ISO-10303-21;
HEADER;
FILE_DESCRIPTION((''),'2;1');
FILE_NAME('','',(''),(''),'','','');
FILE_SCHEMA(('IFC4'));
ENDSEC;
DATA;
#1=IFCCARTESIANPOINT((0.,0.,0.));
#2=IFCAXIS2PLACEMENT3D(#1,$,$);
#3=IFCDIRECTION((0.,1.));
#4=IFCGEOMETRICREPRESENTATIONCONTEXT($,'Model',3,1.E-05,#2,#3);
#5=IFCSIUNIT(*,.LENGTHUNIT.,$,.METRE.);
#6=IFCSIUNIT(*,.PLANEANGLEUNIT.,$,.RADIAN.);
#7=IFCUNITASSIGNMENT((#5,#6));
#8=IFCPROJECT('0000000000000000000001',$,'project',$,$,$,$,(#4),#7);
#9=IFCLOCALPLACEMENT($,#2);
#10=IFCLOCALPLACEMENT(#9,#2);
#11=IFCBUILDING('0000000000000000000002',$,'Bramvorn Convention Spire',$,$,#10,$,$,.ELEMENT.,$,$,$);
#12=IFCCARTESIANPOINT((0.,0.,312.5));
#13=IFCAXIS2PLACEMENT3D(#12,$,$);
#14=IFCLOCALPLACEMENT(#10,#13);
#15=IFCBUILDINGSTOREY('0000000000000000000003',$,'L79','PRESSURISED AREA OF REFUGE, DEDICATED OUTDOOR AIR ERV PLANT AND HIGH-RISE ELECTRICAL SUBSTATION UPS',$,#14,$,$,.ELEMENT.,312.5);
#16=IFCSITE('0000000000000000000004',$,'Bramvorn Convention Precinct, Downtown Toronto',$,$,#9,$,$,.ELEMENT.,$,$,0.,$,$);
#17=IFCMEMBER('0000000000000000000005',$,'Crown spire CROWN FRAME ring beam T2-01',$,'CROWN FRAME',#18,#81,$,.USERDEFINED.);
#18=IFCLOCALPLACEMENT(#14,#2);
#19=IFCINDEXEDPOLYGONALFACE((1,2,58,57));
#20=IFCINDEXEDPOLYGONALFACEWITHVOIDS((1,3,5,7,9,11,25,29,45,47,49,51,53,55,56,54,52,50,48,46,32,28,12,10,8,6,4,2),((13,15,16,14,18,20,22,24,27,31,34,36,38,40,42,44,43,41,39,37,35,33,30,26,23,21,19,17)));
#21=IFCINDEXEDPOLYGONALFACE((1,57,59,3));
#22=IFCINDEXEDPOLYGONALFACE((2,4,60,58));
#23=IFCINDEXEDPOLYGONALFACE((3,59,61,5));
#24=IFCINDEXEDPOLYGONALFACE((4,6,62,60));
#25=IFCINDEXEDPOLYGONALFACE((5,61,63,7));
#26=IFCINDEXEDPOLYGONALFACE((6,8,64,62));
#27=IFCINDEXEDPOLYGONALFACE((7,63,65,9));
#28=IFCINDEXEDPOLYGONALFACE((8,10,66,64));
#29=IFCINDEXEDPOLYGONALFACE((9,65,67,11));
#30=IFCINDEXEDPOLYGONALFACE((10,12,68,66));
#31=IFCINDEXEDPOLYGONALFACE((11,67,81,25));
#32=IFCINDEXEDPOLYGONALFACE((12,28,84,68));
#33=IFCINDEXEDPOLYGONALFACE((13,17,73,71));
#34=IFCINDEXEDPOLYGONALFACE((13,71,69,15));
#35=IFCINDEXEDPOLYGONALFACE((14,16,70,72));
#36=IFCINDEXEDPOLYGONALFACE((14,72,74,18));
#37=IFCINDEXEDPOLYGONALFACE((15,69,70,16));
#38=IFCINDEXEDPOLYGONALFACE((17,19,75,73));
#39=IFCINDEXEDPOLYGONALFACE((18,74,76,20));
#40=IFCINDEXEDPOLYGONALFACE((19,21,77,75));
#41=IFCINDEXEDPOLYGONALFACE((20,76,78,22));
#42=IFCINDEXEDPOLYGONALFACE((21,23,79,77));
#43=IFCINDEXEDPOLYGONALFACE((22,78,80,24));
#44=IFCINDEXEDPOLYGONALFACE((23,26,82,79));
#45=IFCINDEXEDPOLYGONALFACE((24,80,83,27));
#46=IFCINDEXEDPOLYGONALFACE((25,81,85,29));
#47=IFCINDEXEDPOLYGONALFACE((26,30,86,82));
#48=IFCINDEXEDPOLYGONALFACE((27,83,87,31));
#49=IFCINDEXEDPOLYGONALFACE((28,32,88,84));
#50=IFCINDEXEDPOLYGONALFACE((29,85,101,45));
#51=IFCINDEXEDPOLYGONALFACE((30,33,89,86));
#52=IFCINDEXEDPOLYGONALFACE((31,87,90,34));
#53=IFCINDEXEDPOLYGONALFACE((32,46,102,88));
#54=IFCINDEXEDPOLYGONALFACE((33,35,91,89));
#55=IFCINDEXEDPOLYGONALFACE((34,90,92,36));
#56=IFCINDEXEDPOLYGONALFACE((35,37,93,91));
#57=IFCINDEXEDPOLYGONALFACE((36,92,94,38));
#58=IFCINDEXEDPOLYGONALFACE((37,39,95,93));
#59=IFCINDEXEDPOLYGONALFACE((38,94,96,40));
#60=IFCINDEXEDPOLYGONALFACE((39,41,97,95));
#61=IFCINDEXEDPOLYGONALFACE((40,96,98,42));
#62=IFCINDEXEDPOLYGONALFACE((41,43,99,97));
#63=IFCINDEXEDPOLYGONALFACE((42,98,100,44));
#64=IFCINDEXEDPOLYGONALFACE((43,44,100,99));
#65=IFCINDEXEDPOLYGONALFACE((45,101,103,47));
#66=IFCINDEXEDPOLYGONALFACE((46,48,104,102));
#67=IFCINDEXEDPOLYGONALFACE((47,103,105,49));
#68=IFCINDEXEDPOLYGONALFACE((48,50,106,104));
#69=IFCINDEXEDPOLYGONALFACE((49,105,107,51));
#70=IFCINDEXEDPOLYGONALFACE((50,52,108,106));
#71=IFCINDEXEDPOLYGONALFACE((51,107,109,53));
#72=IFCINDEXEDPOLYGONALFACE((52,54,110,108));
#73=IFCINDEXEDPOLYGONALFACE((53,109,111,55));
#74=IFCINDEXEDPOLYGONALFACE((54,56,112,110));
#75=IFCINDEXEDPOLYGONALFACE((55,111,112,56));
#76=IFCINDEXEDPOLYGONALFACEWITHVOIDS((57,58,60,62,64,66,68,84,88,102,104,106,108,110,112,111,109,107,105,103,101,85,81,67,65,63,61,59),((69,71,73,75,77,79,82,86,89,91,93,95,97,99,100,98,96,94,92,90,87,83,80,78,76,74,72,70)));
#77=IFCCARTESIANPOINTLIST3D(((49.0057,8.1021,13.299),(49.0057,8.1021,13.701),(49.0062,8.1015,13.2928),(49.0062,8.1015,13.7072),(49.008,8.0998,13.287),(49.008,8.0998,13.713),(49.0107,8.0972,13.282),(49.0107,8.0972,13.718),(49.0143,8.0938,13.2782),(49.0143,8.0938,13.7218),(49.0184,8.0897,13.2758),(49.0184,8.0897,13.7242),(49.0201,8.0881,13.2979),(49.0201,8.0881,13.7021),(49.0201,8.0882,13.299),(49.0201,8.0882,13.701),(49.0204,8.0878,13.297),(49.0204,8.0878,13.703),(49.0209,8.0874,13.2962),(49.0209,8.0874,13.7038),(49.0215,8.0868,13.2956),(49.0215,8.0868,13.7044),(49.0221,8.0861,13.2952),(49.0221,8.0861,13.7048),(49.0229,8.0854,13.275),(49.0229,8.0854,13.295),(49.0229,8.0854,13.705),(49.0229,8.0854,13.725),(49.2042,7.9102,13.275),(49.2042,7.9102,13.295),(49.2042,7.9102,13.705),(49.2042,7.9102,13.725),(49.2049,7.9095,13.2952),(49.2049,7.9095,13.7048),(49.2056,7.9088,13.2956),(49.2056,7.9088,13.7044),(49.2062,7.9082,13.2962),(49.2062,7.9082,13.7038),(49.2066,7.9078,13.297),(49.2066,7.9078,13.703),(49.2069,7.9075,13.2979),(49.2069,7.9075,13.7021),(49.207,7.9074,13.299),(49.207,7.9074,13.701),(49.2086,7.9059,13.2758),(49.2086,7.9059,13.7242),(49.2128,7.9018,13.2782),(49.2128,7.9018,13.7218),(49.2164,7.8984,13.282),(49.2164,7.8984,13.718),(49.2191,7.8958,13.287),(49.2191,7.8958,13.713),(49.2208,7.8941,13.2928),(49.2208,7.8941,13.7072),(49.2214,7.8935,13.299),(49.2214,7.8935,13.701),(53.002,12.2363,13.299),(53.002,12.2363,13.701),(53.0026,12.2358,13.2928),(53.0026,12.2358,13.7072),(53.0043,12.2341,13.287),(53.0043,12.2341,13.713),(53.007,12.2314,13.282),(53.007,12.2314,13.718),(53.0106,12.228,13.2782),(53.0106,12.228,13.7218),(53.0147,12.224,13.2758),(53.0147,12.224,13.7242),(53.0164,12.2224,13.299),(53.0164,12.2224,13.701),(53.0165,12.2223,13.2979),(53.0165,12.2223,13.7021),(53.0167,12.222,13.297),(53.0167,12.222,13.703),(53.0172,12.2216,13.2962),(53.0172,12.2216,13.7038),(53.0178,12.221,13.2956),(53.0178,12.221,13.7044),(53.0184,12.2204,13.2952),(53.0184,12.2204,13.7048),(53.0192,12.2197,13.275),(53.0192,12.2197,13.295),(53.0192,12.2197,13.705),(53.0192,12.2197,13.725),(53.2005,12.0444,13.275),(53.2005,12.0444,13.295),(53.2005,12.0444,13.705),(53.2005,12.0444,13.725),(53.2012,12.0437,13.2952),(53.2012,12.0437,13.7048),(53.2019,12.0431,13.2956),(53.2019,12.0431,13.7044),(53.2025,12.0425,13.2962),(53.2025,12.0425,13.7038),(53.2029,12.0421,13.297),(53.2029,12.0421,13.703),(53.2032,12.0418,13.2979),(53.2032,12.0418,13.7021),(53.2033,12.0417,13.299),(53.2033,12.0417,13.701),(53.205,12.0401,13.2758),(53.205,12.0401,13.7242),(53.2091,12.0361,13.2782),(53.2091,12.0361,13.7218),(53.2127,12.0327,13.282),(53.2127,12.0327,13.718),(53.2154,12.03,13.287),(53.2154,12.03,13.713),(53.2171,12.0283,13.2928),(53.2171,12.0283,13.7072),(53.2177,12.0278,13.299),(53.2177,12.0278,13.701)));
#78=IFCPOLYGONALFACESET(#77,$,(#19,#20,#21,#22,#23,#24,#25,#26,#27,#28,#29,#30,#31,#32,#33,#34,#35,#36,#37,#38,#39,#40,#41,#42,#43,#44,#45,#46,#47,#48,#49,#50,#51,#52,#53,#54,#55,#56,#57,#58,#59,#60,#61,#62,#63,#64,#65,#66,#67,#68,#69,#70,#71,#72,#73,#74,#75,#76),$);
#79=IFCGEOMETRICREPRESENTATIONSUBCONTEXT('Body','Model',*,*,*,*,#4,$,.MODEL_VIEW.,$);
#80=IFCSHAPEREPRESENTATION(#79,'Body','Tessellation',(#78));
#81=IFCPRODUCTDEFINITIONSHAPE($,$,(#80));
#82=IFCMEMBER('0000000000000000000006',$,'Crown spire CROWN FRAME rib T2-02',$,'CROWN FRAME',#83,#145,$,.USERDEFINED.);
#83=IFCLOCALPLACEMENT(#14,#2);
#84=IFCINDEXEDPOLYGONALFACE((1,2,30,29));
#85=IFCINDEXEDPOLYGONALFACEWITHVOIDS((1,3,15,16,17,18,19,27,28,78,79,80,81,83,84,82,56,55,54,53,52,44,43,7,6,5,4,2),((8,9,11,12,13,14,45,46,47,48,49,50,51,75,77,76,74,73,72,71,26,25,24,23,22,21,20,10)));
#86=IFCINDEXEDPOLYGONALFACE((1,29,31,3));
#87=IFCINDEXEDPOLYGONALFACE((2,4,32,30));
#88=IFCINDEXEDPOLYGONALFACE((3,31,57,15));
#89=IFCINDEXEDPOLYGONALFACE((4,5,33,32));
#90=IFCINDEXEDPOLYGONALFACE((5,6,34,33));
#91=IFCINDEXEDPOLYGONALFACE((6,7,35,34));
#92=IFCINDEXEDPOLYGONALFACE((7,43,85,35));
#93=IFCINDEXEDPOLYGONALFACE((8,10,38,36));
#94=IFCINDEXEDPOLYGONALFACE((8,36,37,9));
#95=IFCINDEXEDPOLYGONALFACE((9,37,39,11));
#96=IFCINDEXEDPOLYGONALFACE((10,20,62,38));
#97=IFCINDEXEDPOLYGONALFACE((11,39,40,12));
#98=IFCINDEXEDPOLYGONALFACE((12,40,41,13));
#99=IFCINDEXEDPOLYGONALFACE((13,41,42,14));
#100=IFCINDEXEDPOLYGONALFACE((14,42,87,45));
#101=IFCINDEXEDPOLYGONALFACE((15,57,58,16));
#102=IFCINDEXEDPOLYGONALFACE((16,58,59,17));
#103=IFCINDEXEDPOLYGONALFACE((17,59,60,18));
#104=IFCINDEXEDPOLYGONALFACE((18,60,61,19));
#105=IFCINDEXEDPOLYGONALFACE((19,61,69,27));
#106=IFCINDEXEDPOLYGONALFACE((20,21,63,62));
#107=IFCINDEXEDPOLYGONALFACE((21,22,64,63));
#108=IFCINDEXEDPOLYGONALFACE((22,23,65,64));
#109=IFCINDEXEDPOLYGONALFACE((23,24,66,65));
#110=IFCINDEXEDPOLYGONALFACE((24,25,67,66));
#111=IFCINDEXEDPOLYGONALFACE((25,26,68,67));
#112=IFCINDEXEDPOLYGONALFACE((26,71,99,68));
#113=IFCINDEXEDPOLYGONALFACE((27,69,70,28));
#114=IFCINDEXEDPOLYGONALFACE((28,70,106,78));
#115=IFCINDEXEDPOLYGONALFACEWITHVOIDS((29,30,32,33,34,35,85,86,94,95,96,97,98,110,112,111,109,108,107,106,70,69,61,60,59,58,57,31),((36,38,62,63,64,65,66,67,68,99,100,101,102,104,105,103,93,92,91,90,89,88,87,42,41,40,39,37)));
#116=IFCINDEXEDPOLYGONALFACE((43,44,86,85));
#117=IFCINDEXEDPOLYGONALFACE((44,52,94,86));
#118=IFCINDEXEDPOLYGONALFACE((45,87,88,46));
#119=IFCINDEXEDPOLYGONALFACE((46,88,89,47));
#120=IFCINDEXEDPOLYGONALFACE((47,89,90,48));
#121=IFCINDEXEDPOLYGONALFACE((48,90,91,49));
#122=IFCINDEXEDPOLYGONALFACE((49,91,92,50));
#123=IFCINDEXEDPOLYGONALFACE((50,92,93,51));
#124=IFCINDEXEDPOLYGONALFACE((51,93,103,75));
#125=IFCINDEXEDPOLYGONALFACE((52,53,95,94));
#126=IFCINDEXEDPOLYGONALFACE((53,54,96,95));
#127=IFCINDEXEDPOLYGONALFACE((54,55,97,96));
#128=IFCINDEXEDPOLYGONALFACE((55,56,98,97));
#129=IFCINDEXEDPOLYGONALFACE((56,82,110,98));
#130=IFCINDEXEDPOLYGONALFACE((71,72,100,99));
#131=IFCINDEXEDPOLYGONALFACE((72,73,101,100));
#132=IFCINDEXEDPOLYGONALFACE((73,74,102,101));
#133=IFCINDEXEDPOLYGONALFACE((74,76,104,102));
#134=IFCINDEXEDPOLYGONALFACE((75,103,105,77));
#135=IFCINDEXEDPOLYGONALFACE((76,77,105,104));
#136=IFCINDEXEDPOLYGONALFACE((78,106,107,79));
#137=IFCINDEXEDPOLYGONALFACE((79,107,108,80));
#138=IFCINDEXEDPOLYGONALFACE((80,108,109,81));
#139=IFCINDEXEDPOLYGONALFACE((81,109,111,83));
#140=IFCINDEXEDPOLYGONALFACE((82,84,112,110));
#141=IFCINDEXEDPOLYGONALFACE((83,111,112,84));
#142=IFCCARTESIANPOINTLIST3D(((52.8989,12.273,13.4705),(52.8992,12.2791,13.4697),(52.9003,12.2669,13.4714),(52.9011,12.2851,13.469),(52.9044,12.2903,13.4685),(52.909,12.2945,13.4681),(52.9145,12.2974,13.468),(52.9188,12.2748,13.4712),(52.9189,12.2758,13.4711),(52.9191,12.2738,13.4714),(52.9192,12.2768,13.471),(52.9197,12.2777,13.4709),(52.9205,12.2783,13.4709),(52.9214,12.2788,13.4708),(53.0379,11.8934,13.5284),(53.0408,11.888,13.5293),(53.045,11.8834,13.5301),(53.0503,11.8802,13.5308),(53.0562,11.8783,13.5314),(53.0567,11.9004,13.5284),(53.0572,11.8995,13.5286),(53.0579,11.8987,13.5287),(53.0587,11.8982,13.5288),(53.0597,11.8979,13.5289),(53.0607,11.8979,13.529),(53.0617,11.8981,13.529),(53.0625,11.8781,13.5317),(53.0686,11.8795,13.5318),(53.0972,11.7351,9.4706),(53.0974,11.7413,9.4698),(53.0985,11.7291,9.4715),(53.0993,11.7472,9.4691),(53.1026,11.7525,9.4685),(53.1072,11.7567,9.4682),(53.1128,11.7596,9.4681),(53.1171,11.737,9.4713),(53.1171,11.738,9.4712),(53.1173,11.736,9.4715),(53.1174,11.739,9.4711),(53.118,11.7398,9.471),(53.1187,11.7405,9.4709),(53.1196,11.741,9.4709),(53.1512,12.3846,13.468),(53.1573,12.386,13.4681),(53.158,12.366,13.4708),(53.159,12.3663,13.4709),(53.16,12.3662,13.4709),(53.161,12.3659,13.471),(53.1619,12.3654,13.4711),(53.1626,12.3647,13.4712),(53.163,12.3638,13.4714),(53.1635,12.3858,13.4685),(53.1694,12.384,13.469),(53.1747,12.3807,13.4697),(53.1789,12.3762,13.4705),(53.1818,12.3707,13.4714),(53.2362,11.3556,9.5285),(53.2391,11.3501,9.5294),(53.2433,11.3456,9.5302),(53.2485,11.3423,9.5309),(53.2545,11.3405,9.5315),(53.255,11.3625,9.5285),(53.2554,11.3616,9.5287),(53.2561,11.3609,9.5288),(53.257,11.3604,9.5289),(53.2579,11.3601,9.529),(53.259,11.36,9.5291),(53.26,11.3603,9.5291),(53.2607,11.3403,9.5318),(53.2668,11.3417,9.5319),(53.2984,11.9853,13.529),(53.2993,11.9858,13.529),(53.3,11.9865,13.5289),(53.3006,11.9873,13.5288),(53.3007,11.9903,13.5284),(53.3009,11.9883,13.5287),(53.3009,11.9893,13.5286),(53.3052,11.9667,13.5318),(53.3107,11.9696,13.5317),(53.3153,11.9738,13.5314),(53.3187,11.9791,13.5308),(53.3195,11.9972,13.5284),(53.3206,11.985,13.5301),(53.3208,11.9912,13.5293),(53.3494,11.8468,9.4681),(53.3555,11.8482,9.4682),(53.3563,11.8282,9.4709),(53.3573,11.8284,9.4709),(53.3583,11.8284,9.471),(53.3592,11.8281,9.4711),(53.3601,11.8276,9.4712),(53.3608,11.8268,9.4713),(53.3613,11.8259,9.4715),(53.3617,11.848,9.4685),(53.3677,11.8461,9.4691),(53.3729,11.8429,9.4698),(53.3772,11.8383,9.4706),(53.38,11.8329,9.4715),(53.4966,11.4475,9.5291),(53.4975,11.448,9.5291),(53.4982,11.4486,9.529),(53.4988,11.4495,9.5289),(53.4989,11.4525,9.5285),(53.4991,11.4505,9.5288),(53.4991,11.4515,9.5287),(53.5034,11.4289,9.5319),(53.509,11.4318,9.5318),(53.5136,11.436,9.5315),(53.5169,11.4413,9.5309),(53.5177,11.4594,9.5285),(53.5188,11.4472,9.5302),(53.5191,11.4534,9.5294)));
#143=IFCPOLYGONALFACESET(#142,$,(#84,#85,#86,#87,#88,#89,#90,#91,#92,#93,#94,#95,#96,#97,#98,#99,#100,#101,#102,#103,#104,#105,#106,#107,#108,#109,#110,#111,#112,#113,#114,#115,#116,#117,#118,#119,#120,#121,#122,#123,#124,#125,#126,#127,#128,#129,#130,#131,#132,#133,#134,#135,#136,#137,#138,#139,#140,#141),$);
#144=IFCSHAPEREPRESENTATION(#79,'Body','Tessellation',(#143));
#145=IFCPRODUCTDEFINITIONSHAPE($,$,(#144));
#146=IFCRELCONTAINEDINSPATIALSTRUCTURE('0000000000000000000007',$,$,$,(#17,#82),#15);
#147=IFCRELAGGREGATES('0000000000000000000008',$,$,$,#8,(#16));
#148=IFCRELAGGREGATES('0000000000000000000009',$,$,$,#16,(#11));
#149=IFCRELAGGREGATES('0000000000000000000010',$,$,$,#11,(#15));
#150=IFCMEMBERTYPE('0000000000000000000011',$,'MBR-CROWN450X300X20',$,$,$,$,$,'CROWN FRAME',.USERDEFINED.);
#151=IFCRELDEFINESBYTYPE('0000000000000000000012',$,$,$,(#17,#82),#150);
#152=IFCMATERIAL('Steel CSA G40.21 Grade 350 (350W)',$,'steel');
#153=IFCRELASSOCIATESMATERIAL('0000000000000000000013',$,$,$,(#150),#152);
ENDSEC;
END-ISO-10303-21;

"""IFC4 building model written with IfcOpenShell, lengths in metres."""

from ifc_helpers import new_model, si_unit, direction, frame, origin, origin_2d, place, context, subcontext, project, spatial, hollow_rectangle, extrude, material, material_profile, profile_set, type_object, element, save


model = new_model("IFC4")

# Units and contexts
model_context = context("Model", 3, precision=1e-05, world=origin(), true_north=direction((0.0, 1.0)))
body_context = subcontext(model_context, "Body", "Model", "MODEL_VIEW")
ifc_project = project(units=[si_unit("LENGTHUNIT", "METRE"), si_unit("PLANEANGLEUNIT", "RADIAN")], contexts=[model_context])

# Site, building, storey
site_placement = place(None, origin())
site = spatial("IfcSite", under=ifc_project, at=site_placement, Name="Bramvorn Convention Precinct, Downtown Toronto", CompositionType="ELEMENT", RefElevation=0.0)
building_placement = place(site_placement, origin())
building = spatial("IfcBuilding", under=site, at=building_placement, Name="Bramvorn Convention Spire", CompositionType="ELEMENT")
storey_placement = place(building_placement, frame((0.0, 0.0, 312.5)))
storey = spatial("IfcBuildingStorey", under=building, at=storey_placement, Name="L79", Description="PRESSURISED AREA OF REFUGE, DEDICATED OUTDOOR AIR ERV PLANT AND HIGH-RISE ELECTRICAL SUBSTATION UPS", CompositionType="ELEMENT", Elevation=312.5)

# Shared definitions
ifc_material_1 = material(Name="Steel CSA G40.21 Grade 350 (350W)", Category="steel")

# Members
ifc_material_profile_1 = material_profile(ifc_material_1, hollow_rectangle(XDim=0.3, YDim=0.45, WallThickness=0.02, InnerFilletRadius=0.0039, OuterFilletRadius=0.0239, at=origin_2d()))
ifc_profile_set_1 = profile_set([ifc_material_profile_1], Name="Steel CSA G40.21 Grade 350 (350W) - CROWN450X300X20")
member_type = type_object("IfcMemberType", Name="MBR-CROWN450X300X20", ElementType="CROWN FRAME", PredefinedType="USERDEFINED", material=ifc_profile_set_1)
member_1_placement = place(storey_placement, frame((49.1135, 7.9978, 13.5), z_axis=(0.69501, 0.719, 0.0), x_axis=(-0.719, 0.69501, 0.0)))
element("IfcMember", 1, at=member_1_placement, inside=storey, type_object=member_type, Name="Crown spire CROWN FRAME ring beam T2-01", ObjectType="CROWN FRAME", PredefinedType="USERDEFINED", context=body_context, shape_type="SweptSolid", body=[
    extrude(hollow_rectangle(XDim=0.3, YDim=0.45, WallThickness=0.02, InnerFilletRadius=0.0039, OuterFilletRadius=0.0239, at=origin_2d()), origin(), (0.0, 0.0, 1.0), 5.75),
])
member_2_placement = place(storey_placement, frame((53.3081, 11.5942, 9.5), z_axis=(-0.049059, 0.133101, 0.989888), x_axis=(-0.938292, -0.345844, 0.0)))
element("IfcMember", 2, at=member_2_placement, inside=storey, type_object=member_type, Name="Crown spire CROWN FRAME rib T2-02", ObjectType="CROWN FRAME", PredefinedType="USERDEFINED", context=body_context, shape_type="SweptSolid", body=[
    extrude(hollow_rectangle(XDim=0.3, YDim=0.45, WallThickness=0.02, InnerFilletRadius=0.0039, OuterFilletRadius=0.0239, at=origin_2d()), origin(), (0.0, 0.0, 1.0), 4.0408),
])

save(model, "model.ifc")
